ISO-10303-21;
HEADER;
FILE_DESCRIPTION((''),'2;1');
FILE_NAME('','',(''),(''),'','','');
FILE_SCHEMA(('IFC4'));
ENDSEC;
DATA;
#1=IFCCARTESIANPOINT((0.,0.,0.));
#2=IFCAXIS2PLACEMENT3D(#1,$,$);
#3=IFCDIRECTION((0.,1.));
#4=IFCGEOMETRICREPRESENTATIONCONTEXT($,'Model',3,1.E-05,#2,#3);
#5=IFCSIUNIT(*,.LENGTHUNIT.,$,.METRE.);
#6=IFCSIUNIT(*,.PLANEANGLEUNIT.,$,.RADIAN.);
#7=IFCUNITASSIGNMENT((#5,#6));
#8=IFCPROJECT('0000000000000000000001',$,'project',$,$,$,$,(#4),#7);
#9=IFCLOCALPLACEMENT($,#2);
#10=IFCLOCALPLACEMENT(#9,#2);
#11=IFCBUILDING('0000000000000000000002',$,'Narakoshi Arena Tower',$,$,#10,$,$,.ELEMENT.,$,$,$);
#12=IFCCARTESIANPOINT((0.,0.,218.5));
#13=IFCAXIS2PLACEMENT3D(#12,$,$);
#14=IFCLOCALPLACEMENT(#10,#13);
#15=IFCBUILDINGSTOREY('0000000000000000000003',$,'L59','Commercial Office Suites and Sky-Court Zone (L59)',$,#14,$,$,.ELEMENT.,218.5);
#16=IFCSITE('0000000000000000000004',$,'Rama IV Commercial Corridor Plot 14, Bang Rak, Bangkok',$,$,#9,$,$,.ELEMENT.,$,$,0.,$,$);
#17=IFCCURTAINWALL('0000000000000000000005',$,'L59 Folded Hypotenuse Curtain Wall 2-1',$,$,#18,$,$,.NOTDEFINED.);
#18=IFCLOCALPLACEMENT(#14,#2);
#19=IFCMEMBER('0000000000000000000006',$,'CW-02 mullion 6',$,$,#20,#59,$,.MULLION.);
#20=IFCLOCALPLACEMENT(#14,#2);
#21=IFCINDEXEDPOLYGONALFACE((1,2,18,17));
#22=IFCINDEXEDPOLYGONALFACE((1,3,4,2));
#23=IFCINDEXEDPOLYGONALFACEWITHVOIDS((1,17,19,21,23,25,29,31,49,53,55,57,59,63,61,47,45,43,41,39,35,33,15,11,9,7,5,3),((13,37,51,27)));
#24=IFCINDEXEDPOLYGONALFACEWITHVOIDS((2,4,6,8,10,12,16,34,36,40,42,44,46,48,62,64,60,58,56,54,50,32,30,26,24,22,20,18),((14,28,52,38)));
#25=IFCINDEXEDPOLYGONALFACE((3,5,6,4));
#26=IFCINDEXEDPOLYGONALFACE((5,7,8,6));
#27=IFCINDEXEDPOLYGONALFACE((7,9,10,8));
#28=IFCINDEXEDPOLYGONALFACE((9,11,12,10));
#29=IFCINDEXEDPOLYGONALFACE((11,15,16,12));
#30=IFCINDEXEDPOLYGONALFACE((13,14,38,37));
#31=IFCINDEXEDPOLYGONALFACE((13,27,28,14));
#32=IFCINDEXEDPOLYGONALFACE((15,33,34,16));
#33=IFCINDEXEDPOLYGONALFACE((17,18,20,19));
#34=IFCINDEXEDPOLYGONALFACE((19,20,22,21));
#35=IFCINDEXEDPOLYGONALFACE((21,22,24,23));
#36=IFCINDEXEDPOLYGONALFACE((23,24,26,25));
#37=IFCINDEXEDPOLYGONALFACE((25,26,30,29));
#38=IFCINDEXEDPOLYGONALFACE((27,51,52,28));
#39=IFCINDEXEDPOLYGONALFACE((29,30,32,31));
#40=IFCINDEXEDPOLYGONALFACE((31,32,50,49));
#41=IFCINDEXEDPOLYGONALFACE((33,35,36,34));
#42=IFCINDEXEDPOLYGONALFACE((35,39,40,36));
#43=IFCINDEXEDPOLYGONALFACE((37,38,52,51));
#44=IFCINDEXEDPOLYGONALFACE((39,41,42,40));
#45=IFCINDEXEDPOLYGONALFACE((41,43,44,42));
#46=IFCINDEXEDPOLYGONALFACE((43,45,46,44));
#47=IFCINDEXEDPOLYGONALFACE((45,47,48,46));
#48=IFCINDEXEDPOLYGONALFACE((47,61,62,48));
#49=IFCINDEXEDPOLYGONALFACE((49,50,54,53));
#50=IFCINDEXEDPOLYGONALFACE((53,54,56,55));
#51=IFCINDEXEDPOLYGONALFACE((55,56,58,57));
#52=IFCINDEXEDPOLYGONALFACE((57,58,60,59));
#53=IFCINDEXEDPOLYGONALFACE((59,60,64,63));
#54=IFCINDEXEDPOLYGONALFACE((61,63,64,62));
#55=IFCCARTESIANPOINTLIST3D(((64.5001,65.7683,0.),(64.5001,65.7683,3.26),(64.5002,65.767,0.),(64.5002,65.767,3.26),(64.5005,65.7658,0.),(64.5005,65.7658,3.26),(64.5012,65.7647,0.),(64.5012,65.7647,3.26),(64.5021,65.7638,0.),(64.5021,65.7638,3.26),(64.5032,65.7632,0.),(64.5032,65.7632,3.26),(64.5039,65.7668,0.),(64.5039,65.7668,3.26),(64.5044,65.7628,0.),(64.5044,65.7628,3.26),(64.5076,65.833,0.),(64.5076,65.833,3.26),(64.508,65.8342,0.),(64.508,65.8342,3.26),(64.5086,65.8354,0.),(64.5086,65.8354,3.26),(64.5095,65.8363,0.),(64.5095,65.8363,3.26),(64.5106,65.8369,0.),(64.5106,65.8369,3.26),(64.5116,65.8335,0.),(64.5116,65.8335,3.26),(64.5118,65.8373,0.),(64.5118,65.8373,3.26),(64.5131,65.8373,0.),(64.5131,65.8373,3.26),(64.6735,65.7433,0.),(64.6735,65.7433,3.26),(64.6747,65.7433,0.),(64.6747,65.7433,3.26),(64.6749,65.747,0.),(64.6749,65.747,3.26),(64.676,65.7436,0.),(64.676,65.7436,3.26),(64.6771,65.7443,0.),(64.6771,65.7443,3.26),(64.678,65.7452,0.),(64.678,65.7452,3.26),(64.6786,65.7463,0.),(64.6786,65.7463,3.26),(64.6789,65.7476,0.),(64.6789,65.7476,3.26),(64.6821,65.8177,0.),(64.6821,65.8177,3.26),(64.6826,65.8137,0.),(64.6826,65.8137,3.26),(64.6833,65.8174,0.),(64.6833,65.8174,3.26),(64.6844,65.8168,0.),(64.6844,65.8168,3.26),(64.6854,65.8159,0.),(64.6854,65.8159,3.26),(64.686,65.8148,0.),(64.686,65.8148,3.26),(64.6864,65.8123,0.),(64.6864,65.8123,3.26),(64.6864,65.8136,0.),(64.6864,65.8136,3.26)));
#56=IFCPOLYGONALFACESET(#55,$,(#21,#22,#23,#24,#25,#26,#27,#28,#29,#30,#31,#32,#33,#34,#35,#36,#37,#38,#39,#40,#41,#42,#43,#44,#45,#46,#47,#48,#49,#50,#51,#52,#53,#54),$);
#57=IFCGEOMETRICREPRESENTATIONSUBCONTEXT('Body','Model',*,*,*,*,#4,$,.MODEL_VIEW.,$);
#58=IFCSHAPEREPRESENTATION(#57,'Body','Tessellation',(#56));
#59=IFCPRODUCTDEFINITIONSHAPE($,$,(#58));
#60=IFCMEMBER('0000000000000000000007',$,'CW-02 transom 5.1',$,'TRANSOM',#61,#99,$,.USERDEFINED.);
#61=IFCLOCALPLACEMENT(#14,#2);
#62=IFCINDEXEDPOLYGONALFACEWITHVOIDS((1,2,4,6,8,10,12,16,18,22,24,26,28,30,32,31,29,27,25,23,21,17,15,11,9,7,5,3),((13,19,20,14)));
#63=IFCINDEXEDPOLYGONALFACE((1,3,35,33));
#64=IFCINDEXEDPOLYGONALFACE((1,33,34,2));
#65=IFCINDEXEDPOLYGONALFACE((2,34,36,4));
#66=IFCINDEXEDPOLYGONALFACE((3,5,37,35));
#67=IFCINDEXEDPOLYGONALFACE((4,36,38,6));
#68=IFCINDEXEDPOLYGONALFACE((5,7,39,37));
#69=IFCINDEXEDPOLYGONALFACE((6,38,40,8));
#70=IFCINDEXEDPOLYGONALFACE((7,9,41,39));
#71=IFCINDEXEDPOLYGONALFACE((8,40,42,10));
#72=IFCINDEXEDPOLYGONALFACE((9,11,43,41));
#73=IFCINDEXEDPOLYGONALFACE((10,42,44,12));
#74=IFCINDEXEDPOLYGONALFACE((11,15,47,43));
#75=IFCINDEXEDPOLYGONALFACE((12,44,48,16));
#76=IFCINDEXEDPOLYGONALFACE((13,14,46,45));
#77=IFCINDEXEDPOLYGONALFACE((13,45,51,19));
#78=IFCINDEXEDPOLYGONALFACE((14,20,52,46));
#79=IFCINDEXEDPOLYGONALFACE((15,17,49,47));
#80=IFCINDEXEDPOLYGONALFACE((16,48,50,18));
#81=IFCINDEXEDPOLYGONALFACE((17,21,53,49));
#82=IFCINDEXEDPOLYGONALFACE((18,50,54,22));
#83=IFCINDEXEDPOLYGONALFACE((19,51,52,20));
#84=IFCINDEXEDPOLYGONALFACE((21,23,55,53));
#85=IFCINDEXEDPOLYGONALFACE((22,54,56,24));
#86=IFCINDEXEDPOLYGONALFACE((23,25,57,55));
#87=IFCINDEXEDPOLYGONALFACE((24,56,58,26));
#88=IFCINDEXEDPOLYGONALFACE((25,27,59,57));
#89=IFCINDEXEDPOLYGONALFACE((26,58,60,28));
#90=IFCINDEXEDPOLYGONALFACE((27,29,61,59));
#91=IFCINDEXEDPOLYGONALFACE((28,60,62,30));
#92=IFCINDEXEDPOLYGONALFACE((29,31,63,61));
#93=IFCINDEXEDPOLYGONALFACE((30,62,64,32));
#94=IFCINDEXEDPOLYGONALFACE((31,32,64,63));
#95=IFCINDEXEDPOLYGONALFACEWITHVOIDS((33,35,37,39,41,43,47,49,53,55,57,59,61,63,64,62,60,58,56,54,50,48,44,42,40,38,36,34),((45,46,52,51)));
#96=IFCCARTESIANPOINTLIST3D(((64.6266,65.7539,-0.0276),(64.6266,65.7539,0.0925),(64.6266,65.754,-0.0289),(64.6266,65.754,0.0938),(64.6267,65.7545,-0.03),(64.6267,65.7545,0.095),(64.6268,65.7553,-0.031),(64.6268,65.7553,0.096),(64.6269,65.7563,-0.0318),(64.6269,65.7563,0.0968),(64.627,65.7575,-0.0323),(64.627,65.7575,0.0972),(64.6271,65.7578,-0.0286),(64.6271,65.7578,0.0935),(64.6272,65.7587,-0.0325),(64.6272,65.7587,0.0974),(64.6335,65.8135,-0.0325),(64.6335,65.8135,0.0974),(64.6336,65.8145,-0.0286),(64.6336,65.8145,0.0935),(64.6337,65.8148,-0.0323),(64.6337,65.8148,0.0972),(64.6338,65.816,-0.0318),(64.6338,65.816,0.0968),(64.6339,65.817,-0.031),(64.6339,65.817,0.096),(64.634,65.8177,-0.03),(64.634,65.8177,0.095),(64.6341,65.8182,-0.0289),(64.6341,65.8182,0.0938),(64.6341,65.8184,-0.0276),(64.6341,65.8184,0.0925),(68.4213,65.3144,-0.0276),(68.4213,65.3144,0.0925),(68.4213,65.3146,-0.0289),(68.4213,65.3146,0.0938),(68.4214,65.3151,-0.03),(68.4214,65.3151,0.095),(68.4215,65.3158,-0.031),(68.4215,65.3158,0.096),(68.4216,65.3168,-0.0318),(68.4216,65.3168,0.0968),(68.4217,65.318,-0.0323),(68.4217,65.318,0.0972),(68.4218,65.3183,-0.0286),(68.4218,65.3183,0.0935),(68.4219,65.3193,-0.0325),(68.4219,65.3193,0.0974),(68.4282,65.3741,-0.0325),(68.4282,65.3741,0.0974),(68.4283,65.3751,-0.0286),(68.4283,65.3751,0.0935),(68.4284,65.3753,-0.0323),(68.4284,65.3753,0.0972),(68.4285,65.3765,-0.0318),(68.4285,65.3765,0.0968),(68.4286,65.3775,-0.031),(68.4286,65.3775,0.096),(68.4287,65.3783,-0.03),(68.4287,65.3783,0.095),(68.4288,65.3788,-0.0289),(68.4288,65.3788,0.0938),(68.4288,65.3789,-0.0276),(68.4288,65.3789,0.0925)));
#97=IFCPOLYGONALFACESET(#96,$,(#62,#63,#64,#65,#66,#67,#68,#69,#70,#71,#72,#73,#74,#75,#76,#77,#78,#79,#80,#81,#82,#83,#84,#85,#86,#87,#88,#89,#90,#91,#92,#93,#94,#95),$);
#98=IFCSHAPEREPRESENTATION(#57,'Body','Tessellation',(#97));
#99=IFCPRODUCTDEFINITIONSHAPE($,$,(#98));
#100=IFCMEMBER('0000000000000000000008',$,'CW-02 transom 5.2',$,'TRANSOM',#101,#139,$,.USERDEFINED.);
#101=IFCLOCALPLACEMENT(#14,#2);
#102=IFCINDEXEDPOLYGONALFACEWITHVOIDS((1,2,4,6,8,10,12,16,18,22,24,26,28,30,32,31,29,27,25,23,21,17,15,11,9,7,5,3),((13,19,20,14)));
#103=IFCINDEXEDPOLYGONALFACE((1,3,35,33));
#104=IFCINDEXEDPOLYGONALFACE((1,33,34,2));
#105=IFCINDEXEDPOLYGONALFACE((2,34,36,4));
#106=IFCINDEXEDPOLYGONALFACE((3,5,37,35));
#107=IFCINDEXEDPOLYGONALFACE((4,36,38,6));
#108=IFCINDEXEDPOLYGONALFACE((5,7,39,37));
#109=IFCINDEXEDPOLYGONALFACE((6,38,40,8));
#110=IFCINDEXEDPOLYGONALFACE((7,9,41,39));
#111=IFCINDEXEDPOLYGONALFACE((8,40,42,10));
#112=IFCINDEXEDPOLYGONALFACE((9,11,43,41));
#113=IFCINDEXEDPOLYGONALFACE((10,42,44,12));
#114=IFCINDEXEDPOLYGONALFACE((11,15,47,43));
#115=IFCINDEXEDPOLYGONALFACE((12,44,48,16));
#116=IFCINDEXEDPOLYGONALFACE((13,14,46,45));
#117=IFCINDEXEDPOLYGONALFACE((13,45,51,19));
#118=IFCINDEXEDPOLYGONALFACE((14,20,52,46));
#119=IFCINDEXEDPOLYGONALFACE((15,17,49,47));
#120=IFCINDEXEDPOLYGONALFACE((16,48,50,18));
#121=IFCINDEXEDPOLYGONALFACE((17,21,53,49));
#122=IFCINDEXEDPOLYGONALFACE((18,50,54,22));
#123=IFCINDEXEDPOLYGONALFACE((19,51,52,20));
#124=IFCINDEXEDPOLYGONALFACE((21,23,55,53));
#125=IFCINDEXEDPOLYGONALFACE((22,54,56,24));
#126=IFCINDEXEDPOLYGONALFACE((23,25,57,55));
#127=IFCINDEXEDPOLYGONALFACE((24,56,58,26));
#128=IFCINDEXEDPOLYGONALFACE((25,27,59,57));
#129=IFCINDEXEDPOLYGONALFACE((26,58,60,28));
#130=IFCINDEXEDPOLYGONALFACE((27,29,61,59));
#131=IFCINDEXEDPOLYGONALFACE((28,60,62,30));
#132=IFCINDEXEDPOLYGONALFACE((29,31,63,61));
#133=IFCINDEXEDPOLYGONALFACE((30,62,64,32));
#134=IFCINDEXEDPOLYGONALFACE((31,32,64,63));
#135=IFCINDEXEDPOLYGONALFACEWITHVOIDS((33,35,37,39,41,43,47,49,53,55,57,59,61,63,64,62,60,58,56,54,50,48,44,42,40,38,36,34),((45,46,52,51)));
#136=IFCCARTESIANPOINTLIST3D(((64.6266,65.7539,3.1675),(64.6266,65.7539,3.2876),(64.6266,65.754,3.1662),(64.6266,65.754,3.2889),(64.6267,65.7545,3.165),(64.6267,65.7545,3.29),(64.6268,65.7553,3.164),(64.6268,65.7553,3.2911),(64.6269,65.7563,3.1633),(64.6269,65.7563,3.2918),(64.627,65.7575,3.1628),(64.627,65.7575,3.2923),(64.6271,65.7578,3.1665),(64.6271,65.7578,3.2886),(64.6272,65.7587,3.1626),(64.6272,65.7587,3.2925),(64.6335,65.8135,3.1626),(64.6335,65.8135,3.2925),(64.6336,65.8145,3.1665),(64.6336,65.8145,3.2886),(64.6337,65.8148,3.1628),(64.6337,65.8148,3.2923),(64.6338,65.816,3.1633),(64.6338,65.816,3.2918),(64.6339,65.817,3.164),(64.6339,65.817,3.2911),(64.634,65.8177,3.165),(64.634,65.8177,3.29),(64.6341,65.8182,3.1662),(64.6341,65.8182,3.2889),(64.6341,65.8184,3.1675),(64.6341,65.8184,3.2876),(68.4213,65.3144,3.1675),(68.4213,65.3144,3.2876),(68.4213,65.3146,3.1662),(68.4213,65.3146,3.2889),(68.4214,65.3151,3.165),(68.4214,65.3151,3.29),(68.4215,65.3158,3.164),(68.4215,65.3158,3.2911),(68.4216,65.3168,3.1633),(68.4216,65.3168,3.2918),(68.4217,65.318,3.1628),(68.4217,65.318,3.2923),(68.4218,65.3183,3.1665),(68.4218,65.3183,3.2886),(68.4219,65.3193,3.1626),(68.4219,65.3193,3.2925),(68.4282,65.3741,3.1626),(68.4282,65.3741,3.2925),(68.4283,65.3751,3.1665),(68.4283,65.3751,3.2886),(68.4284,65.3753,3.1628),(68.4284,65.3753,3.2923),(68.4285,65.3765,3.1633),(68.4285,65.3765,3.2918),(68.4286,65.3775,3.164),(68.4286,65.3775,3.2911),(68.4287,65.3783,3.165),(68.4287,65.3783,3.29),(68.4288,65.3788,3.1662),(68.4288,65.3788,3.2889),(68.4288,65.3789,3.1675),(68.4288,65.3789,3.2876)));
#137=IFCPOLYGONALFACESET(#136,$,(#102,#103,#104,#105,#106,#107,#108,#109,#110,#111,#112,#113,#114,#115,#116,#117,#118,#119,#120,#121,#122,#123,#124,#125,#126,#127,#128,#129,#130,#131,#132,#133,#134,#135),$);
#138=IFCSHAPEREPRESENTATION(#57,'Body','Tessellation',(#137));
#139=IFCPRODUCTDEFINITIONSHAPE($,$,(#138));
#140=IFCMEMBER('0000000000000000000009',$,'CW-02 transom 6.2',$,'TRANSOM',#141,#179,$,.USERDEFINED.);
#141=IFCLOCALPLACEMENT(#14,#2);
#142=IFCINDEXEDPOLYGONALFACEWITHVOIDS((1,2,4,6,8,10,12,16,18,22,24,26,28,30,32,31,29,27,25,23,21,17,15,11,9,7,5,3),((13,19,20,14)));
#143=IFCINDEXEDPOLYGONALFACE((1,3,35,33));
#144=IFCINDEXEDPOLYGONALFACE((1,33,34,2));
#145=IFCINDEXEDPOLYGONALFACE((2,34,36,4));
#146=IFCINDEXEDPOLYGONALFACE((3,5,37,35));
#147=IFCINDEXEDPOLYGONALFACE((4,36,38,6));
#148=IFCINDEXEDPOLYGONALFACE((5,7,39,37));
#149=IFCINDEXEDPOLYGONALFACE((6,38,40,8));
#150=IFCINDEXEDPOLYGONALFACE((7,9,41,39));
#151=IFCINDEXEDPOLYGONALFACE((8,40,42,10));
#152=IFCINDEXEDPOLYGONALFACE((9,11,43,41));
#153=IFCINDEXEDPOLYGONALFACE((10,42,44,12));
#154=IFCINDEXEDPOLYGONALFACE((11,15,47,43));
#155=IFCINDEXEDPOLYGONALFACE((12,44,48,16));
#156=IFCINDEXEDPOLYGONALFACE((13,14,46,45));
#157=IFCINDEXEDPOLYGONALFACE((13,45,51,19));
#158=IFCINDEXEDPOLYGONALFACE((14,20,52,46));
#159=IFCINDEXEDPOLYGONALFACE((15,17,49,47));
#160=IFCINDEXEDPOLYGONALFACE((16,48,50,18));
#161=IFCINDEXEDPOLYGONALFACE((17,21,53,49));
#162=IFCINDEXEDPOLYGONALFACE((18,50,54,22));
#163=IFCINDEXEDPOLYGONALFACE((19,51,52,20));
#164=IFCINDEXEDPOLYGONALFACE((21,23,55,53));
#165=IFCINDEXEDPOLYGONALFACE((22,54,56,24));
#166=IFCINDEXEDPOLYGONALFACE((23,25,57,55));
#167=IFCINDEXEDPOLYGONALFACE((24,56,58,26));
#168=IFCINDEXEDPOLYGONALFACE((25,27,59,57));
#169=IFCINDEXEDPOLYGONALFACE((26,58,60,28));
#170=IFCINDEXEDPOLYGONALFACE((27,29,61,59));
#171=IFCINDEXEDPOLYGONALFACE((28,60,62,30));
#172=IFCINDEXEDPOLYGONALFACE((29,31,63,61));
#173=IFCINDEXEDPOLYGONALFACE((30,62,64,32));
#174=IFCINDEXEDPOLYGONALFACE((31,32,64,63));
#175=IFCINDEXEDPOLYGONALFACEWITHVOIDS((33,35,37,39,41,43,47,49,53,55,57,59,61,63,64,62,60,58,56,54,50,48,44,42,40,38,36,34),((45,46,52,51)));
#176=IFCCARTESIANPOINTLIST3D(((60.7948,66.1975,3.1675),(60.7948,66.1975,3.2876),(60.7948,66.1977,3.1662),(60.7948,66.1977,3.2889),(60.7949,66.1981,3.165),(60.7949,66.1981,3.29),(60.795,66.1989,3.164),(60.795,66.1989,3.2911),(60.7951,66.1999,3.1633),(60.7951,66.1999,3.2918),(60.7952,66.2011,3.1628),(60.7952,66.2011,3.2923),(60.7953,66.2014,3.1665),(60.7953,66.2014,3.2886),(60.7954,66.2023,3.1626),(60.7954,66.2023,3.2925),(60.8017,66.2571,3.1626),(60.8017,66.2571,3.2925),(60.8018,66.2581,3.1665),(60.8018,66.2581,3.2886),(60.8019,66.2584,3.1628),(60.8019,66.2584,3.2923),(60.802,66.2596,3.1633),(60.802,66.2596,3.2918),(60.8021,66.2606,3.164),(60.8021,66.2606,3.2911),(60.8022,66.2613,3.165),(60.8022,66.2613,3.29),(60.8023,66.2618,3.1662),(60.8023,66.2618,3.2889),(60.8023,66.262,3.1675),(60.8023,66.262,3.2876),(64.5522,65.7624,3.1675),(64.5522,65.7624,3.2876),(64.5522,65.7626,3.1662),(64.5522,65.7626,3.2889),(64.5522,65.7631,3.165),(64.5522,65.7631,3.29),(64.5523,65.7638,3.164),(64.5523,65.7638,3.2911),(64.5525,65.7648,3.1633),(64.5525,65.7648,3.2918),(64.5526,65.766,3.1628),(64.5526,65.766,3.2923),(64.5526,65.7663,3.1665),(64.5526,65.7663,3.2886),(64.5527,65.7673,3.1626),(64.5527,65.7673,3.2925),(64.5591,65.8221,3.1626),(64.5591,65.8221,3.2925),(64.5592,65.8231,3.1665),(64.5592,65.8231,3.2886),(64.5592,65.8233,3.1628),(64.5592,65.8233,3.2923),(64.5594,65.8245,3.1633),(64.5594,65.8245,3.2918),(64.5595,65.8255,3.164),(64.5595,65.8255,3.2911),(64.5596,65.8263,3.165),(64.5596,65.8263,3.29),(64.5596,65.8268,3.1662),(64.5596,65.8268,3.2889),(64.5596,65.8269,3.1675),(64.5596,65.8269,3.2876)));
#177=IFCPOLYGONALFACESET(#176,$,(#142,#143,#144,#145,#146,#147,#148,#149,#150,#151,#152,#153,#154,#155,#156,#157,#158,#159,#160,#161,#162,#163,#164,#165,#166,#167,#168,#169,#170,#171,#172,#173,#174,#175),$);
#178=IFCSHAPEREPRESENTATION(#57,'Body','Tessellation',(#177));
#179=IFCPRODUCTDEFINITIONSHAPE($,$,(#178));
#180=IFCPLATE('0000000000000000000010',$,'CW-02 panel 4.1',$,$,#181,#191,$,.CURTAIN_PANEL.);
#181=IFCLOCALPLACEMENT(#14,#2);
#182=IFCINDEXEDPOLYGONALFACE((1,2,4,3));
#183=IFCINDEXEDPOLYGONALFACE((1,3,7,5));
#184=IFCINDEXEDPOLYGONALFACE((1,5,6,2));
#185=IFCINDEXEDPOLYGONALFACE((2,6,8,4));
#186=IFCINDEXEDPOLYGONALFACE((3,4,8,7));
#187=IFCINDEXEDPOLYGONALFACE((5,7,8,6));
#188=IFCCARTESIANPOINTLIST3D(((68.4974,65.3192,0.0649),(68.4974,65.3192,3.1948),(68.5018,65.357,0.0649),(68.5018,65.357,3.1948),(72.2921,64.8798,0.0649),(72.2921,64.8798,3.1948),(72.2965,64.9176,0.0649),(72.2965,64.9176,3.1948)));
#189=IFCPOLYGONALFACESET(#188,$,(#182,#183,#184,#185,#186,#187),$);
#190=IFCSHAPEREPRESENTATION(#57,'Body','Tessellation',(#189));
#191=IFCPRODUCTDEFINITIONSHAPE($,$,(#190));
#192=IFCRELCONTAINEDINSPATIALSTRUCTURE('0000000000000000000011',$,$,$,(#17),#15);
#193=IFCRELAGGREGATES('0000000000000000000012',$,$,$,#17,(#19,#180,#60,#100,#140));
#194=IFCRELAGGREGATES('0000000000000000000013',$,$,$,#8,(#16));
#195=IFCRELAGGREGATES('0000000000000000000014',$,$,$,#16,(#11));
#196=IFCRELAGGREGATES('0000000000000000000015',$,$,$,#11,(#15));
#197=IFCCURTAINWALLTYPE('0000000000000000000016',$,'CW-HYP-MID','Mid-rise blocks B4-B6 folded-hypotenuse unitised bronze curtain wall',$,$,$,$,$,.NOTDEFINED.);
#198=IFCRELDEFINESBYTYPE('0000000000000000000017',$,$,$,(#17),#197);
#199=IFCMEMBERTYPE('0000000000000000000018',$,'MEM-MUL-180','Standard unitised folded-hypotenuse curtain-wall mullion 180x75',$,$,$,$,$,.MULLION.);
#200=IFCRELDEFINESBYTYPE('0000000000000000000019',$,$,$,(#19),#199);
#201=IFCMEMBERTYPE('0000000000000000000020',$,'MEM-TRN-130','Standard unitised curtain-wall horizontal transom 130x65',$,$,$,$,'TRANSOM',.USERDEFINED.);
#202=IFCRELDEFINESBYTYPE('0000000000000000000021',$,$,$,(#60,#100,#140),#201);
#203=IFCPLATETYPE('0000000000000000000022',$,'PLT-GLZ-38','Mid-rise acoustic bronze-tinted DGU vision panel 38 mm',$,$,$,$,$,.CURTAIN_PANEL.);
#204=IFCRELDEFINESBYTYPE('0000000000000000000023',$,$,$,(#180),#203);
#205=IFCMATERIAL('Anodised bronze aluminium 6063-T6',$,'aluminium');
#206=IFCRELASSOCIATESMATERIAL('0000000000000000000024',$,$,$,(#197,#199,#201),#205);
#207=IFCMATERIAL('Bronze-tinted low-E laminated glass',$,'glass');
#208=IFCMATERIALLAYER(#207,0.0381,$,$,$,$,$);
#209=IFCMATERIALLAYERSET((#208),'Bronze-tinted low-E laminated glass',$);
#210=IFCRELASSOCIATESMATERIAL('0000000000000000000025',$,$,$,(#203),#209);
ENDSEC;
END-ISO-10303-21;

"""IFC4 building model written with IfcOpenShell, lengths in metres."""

from ifc_helpers import new_model, si_unit, direction, frame, origin, origin_2d, place, context, subcontext, project, spatial, rectangle, hollow_rectangle, extrude, material, layer, layer_set, material_profile, profile_set, type_object, element, aggregate, save


model = new_model("IFC4")

# Units and contexts
model_context = context("Model", 3, precision=1e-05, world=origin(), true_north=direction((0.0, 1.0)))
body_context = subcontext(model_context, "Body", "Model", "MODEL_VIEW")
ifc_project = project(units=[si_unit("LENGTHUNIT", "METRE"), si_unit("PLANEANGLEUNIT", "RADIAN")], contexts=[model_context])

# Site, building, storey
site_placement = place(None, origin())
site = spatial("IfcSite", under=ifc_project, at=site_placement, Name="Rama IV Commercial Corridor Plot 14, Bang Rak, Bangkok", CompositionType="ELEMENT", RefElevation=0.0)
building_placement = place(site_placement, origin())
building = spatial("IfcBuilding", under=site, at=building_placement, Name="Narakoshi Arena Tower", CompositionType="ELEMENT")
storey_placement = place(building_placement, frame((0.0, 0.0, 218.5)))
storey = spatial("IfcBuildingStorey", under=building, at=storey_placement, Name="L59", Description="Commercial Office Suites and Sky-Court Zone (L59)", CompositionType="ELEMENT", Elevation=218.5)

# Curtain wall, members, plate
ifc_material_1 = material(Name="Anodised bronze aluminium 6063-T6", Category="aluminium")
curtain_wall_type = type_object("IfcCurtainWallType", Name="CW-HYP-MID", Description="Mid-rise blocks B4-B6 folded-hypotenuse unitised bronze curtain wall", PredefinedType="NOTDEFINED", material=ifc_material_1)
curtain_wall_placement = place(storey_placement, origin())
curtain_wall = element("IfcCurtainWall", 1, at=curtain_wall_placement, inside=storey, type_object=curtain_wall_type, Name="L59 Folded Hypotenuse Curtain Wall 2-1", PredefinedType="NOTDEFINED")
ifc_material_profile_1 = material_profile(ifc_material_1, hollow_rectangle(XDim=0.075, YDim=0.1799, WallThickness=0.0039, OuterFilletRadius=0.0049, at=origin_2d()), Name="MUL180x75x4")
ifc_profile_set_1 = profile_set([ifc_material_profile_1], Name="Anodised bronze aluminium 6063-T6")
member_type_1 = type_object("IfcMemberType", Name="MEM-MUL-180", Description="Standard unitised folded-hypotenuse curtain-wall mullion 180x75", PredefinedType="MULLION", material=ifc_profile_set_1)
member_1_placement = place(storey_placement, frame((64.5933, 65.7903, 0.0), z_axis=(0.0, 0.0, 1.0), x_axis=(-0.115011, -0.993364, 0.0)))
member_1 = element("IfcMember", 2, at=member_1_placement, type_object=member_type_1, Name="CW-02 mullion 6", PredefinedType="MULLION", context=body_context, shape_type="SweptSolid", body=[
    extrude(hollow_rectangle(XDim=0.075, YDim=0.1799, WallThickness=0.0039, OuterFilletRadius=0.0049, at=origin_2d()), origin(), (0.0, 0.0, 1.0), 3.26),
])
ifc_material_profile_2 = material_profile(ifc_material_1, hollow_rectangle(XDim=0.0649, YDim=0.1299, WallThickness=0.0039, OuterFilletRadius=0.0049, at=origin_2d()), Name="TRN130x65x4")
ifc_profile_set_2 = profile_set([ifc_material_profile_2], Name="Anodised bronze aluminium 6063-T6")
member_type_2 = type_object("IfcMemberType", Name="MEM-TRN-130", Description="Standard unitised curtain-wall horizontal transom 130x65", ElementType="TRANSOM", PredefinedType="USERDEFINED", material=ifc_profile_set_2)
member_2_placement = place(storey_placement, frame((68.425, 65.3467, 0.0325), z_axis=(-0.993361, 0.115039, 0.0), x_axis=(-0.115039, -0.993361, 0.0)))
member_2 = element("IfcMember", 3, at=member_2_placement, type_object=member_type_2, Name="CW-02 transom 5.1", ObjectType="TRANSOM", PredefinedType="USERDEFINED", context=body_context, shape_type="SweptSolid", body=[
    extrude(hollow_rectangle(XDim=0.0649, YDim=0.1299, WallThickness=0.0039, OuterFilletRadius=0.0049, at=origin_2d()), origin(), (0.0, 0.0, 1.0), 3.8201),
])
member_3_placement = place(storey_placement, frame((68.425, 65.3467, 3.2275), z_axis=(-0.993361, 0.115039, 0.0), x_axis=(-0.115039, -0.993361, 0.0)))
member_3 = element("IfcMember", 4, at=member_3_placement, type_object=member_type_2, Name="CW-02 transom 5.2", ObjectType="TRANSOM", PredefinedType="USERDEFINED", context=body_context, shape_type="SweptSolid", body=[
    extrude(hollow_rectangle(XDim=0.0649, YDim=0.1299, WallThickness=0.0039, OuterFilletRadius=0.0049, at=origin_2d()), origin(), (0.0, 0.0, 1.0), 3.8201),
])
member_4_placement = place(storey_placement, frame((64.5559, 65.7947, 3.2275), z_axis=(-0.993363, 0.115021, 0.0), x_axis=(-0.115021, -0.993363, 0.0)))
member_4 = element("IfcMember", 5, at=member_4_placement, type_object=member_type_2, Name="CW-02 transom 6.2", ObjectType="TRANSOM", PredefinedType="USERDEFINED", context=body_context, shape_type="SweptSolid", body=[
    extrude(hollow_rectangle(XDim=0.0649, YDim=0.1299, WallThickness=0.0039, OuterFilletRadius=0.0049, at=origin_2d()), origin(), (0.0, 0.0, 1.0), 3.7825),
])
ifc_material_2 = material(Name="Bronze-tinted low-E laminated glass", Category="glass")
ifc_layer_1 = layer(ifc_material_2, 0.0381)
ifc_layer_set_1 = layer_set([ifc_layer_1], Name="Bronze-tinted low-E laminated glass")
plate_type = type_object("IfcPlateType", Name="PLT-GLZ-38", Description="Mid-rise acoustic bronze-tinted DGU vision panel 38 mm", PredefinedType="CURTAIN_PANEL", material=ifc_layer_set_1)
plate_1_placement = place(storey_placement, frame((70.397, 65.1184, 0.0649), z_axis=(0.0, 0.0, 1.0), x_axis=(-0.993364, 0.115011, 0.0)))
plate_1 = element("IfcPlate", 6, at=plate_1_placement, type_object=plate_type, Name="CW-02 panel 4.1", PredefinedType="CURTAIN_PANEL", context=body_context, shape_type="SweptSolid", body=[
    extrude(rectangle(XDim=3.8201, YDim=0.0381, at=origin_2d()), origin(), (0.0, 0.0, 1.0), 3.1299),
])
aggregate(curtain_wall, [member_1, plate_1, member_2, member_3, member_4])

save(model, "model.ifc")
